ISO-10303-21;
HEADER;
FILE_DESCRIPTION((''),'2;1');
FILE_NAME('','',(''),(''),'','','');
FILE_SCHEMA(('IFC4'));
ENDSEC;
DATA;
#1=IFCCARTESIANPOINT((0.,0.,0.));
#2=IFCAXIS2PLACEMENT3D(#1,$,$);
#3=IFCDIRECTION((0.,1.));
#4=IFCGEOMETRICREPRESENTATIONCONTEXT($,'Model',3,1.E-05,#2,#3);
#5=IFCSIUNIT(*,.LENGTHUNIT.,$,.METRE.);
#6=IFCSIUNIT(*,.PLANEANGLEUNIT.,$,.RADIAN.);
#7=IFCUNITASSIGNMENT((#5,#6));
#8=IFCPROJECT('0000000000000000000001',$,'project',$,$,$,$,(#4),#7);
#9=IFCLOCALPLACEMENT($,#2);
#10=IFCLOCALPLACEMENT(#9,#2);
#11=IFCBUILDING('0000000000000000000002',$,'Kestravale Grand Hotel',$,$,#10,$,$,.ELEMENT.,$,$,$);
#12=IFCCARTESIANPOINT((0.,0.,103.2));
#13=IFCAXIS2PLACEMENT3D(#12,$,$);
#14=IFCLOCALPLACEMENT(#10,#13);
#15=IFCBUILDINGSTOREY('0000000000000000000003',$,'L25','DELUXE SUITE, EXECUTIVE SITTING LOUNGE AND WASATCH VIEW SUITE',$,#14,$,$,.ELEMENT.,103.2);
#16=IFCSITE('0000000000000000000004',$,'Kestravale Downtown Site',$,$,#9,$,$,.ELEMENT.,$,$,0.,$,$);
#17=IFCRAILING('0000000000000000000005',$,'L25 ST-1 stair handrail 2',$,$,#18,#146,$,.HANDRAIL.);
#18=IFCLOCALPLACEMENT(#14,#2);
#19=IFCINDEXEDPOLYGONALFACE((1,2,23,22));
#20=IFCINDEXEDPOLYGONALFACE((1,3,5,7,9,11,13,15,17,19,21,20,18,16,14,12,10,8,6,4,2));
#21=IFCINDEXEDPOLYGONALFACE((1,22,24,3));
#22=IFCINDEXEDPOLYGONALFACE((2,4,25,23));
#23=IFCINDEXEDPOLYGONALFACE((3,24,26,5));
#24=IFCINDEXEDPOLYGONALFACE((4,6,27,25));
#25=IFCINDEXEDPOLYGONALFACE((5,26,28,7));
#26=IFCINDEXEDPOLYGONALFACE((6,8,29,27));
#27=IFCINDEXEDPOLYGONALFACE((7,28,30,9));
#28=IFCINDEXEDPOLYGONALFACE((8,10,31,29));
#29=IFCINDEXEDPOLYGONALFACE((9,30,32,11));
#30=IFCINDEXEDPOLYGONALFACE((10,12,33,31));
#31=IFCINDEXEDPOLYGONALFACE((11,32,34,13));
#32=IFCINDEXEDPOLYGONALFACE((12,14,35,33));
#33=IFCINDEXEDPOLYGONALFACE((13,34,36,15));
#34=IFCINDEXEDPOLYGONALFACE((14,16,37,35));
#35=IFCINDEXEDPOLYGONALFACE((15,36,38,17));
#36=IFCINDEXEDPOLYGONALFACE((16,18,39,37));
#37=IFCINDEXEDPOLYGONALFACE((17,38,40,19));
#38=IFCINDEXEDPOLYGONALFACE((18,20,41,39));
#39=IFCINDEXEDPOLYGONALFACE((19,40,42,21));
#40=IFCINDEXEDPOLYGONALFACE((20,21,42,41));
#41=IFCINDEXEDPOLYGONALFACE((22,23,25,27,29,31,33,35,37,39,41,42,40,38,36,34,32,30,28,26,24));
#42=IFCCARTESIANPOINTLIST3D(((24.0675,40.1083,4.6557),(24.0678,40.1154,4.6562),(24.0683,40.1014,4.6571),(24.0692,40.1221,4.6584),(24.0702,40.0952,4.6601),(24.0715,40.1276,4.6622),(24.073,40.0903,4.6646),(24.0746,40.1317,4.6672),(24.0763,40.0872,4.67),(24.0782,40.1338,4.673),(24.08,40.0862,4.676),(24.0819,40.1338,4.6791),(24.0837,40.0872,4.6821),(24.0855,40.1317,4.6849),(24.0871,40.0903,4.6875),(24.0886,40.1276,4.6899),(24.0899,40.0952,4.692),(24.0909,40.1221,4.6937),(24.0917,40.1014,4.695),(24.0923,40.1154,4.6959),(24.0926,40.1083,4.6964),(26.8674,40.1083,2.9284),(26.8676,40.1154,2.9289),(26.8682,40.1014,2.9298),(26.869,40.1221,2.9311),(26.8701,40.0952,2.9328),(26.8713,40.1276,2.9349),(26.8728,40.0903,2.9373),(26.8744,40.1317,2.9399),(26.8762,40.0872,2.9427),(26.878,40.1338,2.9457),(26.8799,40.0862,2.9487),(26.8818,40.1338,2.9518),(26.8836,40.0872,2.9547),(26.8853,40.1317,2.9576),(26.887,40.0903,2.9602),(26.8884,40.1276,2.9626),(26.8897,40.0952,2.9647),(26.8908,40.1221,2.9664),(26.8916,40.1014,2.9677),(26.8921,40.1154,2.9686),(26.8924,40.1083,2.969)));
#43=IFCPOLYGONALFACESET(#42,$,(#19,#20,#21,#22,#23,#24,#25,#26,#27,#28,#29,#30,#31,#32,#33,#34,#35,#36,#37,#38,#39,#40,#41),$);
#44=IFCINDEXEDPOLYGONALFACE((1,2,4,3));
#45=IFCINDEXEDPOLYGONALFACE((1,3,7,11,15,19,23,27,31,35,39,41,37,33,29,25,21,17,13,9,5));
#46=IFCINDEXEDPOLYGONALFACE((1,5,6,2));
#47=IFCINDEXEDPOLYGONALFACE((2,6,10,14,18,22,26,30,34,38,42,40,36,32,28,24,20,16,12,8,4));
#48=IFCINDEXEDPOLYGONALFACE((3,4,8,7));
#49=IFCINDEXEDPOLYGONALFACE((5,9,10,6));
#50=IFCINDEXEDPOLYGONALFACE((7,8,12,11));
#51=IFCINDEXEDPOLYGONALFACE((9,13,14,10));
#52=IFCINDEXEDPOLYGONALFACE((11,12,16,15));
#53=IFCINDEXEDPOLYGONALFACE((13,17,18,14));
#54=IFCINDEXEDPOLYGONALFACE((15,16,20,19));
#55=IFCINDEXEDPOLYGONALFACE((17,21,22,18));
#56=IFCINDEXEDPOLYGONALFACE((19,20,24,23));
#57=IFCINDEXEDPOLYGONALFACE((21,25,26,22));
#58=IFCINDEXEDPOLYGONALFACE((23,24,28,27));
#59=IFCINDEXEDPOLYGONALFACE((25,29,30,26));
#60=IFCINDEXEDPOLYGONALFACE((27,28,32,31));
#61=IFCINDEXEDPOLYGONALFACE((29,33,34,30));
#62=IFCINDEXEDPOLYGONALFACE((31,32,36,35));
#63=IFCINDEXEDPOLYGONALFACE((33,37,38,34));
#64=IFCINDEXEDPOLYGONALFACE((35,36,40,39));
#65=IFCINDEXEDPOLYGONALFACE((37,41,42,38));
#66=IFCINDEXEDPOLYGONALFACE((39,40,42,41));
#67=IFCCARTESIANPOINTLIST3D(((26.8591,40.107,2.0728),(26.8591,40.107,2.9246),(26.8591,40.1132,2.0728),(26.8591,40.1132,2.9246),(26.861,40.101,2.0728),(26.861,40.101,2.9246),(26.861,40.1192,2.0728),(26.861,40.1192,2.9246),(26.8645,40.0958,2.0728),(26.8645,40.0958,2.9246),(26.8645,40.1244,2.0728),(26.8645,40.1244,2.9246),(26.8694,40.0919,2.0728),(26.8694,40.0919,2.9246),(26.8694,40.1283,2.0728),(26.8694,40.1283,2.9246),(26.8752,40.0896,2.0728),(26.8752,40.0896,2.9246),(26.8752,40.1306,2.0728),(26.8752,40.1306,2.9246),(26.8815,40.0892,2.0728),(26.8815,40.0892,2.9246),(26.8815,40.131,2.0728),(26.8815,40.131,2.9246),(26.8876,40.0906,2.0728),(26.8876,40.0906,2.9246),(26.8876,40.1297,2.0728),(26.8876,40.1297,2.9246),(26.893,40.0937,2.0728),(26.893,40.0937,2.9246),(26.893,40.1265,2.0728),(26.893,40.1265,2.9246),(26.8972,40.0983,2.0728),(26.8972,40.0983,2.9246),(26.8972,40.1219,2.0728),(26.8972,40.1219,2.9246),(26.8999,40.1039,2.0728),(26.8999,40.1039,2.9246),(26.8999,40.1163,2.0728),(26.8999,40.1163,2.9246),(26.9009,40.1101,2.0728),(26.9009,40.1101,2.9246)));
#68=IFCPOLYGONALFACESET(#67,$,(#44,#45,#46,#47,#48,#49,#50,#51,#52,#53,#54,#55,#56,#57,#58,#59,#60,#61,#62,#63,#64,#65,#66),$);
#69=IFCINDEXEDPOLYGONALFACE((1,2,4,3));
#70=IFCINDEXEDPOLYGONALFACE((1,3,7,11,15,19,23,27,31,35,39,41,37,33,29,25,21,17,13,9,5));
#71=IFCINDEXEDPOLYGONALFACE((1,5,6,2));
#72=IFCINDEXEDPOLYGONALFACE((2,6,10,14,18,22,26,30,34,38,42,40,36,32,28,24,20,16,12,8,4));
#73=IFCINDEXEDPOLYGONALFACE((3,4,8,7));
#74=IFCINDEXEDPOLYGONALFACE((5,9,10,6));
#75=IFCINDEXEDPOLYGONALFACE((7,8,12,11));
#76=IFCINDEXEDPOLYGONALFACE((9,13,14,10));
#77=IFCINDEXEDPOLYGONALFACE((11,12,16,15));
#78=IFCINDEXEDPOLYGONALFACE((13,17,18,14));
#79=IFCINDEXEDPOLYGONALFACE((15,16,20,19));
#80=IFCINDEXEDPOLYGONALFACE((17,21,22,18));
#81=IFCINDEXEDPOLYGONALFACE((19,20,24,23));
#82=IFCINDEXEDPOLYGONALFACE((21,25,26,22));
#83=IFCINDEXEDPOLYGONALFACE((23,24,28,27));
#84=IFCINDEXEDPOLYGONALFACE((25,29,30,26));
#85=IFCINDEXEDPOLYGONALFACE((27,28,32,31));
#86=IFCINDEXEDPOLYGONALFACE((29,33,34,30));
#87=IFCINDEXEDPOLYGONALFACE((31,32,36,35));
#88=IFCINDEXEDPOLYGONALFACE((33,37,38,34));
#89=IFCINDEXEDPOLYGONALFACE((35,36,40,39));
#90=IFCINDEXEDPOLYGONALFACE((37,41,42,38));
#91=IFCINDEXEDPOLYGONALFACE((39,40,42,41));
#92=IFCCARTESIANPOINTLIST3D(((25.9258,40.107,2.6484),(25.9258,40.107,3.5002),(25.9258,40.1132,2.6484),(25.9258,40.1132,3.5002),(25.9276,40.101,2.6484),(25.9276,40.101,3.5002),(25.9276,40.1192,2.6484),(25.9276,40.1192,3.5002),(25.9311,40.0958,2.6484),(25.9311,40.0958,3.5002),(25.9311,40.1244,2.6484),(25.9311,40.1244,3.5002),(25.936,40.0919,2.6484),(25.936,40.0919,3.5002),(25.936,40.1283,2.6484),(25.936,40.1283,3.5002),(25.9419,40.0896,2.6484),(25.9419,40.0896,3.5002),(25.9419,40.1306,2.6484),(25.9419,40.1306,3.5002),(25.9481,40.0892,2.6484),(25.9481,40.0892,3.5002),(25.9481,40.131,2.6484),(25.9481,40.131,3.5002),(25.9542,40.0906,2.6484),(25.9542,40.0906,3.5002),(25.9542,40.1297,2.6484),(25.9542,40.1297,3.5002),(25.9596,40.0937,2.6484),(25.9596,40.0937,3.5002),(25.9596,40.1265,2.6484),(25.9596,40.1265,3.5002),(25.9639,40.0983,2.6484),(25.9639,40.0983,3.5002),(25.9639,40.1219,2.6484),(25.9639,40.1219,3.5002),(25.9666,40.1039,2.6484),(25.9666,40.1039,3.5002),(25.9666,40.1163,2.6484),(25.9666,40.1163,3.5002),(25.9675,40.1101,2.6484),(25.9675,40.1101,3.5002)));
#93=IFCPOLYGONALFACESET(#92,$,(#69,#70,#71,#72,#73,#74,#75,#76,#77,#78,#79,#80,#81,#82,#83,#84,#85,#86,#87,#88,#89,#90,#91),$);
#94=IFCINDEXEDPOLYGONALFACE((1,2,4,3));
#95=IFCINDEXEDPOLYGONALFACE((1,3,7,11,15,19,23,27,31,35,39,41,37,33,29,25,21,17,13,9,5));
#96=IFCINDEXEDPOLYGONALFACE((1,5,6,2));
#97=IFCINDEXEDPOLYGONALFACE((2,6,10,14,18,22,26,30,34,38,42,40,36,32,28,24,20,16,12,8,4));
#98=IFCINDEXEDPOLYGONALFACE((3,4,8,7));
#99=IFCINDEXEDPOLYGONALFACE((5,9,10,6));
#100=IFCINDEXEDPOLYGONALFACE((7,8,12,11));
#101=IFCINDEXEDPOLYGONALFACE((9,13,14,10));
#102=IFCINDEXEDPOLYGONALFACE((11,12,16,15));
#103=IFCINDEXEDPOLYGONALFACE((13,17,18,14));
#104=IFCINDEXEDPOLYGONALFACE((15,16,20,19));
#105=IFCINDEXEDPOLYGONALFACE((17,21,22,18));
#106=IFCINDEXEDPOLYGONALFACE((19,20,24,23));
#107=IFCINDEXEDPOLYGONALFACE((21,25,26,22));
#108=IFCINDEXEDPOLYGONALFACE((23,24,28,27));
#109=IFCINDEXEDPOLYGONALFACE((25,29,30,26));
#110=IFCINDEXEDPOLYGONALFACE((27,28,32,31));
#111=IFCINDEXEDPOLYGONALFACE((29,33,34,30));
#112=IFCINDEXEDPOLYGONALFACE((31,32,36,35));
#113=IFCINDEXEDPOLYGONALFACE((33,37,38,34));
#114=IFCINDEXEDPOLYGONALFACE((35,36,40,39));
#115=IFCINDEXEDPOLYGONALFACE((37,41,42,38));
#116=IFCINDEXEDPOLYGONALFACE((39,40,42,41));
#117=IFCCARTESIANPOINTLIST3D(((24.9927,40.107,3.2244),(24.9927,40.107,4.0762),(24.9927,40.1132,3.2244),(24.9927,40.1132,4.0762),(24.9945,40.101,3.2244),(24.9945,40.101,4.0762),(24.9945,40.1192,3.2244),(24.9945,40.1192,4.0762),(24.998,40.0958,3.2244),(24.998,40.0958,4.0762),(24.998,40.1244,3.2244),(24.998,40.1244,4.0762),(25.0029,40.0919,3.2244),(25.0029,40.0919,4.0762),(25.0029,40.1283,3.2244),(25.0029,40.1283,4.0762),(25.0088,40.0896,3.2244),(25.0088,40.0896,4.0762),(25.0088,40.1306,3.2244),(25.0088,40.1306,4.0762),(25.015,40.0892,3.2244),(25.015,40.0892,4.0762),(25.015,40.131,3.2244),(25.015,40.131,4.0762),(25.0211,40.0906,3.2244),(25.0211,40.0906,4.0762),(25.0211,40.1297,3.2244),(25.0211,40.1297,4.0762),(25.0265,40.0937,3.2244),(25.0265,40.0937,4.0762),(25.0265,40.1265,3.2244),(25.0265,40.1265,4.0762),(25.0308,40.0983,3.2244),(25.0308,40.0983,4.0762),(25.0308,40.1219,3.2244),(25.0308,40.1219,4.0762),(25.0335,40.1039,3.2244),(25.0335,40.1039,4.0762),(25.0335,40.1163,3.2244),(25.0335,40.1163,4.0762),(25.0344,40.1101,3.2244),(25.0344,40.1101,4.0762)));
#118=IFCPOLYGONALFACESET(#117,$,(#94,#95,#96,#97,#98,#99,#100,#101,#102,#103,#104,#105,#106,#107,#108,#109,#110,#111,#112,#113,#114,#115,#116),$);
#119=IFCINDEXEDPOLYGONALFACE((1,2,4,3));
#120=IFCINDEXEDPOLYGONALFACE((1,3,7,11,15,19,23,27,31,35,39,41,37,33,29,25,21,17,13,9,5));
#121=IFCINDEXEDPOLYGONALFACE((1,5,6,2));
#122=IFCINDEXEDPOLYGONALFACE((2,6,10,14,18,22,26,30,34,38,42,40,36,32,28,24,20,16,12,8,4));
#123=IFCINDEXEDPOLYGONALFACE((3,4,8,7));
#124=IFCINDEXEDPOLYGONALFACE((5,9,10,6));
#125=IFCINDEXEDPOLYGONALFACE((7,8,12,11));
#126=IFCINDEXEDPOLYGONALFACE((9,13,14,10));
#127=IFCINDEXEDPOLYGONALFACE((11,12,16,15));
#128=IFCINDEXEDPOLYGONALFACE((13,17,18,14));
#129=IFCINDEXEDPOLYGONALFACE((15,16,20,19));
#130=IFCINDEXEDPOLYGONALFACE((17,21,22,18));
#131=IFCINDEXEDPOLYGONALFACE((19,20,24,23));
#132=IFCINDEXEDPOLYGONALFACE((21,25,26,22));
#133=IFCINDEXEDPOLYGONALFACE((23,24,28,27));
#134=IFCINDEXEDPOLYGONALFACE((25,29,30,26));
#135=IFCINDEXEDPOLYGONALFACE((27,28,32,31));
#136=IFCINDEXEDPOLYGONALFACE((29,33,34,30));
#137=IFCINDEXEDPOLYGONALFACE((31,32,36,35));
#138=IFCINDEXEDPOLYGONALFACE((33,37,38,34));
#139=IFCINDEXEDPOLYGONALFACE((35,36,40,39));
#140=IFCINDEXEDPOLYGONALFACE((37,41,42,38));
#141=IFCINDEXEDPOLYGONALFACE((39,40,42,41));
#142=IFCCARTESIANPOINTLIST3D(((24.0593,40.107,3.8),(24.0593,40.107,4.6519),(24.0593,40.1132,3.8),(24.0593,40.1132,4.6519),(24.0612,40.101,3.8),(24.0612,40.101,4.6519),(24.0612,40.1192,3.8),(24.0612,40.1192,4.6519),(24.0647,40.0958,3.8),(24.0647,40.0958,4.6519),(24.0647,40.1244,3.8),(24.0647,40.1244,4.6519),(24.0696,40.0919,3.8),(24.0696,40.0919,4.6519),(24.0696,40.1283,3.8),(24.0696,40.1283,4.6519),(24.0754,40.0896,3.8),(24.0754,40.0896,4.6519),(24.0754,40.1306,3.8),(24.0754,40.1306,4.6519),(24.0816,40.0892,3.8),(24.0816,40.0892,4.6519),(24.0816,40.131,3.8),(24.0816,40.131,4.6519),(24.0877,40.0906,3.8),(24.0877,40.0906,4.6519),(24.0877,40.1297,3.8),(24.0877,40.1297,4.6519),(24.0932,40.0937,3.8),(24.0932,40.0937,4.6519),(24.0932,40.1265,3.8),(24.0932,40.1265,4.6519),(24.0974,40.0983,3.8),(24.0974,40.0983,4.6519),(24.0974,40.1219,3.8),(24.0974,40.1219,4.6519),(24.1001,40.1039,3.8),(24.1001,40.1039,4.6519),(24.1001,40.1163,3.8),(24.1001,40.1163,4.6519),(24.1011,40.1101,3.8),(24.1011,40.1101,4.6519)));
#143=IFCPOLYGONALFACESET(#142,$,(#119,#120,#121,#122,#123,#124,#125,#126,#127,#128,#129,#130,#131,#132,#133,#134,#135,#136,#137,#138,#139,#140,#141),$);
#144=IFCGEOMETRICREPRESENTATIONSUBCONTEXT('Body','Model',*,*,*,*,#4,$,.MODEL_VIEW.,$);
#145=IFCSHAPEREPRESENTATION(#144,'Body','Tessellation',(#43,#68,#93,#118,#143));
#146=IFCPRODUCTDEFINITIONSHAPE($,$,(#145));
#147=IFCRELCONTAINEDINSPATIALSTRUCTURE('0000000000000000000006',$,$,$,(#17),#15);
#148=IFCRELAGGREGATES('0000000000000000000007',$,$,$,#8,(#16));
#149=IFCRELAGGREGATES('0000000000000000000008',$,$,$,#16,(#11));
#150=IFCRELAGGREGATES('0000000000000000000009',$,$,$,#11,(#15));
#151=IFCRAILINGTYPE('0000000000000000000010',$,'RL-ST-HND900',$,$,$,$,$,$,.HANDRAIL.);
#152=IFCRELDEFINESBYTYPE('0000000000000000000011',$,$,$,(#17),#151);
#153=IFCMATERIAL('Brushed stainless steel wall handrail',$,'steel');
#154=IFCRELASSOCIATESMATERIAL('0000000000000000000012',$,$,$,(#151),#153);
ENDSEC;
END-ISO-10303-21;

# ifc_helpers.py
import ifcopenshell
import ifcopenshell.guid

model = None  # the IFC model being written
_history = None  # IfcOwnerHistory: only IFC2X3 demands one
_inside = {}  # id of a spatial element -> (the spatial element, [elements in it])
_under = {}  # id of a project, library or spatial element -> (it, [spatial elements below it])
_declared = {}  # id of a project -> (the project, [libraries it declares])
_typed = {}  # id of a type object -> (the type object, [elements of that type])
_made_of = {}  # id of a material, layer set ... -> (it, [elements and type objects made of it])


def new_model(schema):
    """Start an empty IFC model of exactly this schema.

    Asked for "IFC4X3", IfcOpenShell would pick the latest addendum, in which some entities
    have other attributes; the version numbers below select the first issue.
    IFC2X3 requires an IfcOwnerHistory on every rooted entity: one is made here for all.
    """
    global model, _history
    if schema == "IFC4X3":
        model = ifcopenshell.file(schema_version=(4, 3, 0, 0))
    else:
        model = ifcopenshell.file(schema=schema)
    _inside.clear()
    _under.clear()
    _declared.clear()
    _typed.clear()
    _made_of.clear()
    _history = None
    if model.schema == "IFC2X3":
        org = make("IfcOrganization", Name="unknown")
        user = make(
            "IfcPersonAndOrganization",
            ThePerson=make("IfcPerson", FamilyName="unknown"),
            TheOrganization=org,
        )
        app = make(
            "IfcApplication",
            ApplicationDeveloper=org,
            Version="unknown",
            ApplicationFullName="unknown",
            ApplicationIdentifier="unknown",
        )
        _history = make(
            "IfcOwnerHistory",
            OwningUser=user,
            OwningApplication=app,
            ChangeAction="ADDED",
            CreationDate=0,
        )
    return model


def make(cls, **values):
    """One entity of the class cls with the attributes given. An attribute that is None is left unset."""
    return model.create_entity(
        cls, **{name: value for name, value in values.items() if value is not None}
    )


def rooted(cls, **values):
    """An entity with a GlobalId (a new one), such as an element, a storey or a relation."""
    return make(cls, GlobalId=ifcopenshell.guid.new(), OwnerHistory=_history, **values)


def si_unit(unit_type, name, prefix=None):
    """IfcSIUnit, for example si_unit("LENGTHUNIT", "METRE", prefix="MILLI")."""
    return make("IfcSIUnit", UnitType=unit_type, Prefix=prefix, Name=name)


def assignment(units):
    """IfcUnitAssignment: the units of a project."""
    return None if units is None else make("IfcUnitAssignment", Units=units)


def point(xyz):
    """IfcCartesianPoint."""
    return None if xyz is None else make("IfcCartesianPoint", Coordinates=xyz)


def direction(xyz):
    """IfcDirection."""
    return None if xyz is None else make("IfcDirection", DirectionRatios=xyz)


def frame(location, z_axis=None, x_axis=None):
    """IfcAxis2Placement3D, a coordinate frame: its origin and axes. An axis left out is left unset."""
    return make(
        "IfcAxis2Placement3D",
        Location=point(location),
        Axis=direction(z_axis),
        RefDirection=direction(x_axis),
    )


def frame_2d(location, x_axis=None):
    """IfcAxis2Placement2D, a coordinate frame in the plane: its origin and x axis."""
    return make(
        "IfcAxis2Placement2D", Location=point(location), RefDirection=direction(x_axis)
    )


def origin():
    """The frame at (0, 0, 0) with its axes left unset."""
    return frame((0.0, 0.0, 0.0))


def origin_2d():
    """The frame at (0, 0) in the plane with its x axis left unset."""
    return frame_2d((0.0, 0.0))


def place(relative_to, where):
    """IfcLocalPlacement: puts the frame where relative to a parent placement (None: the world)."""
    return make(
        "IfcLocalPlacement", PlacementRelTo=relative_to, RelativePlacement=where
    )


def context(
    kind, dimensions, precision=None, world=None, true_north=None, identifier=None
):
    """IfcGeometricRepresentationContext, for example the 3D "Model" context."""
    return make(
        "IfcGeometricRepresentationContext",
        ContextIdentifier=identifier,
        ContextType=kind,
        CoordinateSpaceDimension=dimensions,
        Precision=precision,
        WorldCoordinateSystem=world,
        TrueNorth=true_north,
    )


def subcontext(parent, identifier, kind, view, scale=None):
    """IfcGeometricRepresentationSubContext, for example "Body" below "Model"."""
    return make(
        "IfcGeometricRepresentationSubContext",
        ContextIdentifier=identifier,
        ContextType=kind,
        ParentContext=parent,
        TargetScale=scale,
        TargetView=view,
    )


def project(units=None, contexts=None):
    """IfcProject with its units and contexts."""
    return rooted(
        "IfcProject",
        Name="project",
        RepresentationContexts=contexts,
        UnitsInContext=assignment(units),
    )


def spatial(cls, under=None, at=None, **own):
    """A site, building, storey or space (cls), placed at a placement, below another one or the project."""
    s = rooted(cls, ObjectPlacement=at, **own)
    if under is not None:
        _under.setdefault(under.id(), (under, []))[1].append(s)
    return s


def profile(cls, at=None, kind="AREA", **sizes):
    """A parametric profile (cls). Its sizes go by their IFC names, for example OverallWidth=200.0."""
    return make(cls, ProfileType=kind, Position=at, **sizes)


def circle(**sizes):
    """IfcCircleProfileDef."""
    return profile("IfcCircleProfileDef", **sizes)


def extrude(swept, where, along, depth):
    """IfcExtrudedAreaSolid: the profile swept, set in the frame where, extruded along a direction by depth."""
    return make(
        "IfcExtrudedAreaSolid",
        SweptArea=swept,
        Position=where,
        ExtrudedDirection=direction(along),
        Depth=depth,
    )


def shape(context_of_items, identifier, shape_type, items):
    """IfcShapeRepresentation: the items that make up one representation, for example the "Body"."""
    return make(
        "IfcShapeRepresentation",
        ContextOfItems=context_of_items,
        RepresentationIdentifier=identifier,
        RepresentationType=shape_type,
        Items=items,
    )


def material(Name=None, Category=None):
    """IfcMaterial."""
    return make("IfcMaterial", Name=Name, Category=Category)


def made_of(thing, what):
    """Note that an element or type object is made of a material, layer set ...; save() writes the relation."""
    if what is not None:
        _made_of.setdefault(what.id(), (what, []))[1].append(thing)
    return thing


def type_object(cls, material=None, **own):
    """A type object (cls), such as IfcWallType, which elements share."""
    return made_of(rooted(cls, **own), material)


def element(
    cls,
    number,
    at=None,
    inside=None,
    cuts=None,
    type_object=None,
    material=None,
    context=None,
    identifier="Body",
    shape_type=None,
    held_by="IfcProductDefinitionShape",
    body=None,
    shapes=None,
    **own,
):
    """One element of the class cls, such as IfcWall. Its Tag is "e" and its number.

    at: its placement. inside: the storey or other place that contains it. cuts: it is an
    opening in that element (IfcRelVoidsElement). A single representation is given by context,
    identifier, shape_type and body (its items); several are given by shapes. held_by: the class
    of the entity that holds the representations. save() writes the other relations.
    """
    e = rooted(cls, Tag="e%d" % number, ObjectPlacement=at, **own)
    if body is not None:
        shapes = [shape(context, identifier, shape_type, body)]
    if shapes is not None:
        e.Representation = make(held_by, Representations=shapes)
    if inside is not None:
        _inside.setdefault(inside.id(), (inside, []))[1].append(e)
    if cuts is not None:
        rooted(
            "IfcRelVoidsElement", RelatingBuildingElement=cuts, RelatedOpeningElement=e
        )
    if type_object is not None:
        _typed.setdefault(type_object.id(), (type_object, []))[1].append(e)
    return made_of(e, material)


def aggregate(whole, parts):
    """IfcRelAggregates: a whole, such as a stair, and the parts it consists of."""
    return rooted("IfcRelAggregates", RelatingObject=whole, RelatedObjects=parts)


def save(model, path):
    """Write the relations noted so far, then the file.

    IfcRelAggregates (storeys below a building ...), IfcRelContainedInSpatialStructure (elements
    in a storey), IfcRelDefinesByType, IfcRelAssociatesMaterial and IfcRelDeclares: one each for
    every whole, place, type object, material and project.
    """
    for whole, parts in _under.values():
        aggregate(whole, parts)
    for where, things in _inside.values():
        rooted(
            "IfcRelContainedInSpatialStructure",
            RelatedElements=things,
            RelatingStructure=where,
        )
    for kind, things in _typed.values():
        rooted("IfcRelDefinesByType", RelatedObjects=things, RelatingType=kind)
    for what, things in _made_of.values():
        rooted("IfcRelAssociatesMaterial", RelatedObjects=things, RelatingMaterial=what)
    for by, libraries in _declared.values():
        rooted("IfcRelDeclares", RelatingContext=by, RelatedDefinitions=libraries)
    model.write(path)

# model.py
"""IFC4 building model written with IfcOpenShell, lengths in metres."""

from ifc_helpers import new_model, si_unit, direction, frame, origin, origin_2d, place, context, subcontext, project, spatial, circle, extrude, material, type_object, element, save


model = new_model("IFC4")

# Units and contexts
model_context = context("Model", 3, precision=1e-05, world=origin(), true_north=direction((0.0, 1.0)))
body_context = subcontext(model_context, "Body", "Model", "MODEL_VIEW")
ifc_project = project(units=[si_unit("LENGTHUNIT", "METRE"), si_unit("PLANEANGLEUNIT", "RADIAN")], contexts=[model_context])

# Site, building, storey
site_placement = place(None, origin())
site = spatial("IfcSite", under=ifc_project, at=site_placement, Name="Kestravale Downtown Site", CompositionType="ELEMENT", RefElevation=0.0)
building_placement = place(site_placement, origin())
building = spatial("IfcBuilding", under=site, at=building_placement, Name="Kestravale Grand Hotel", CompositionType="ELEMENT")
storey_placement = place(building_placement, frame((0.0, 0.0, 103.2)))
storey = spatial("IfcBuildingStorey", under=building, at=storey_placement, Name="L25", Description="DELUXE SUITE, EXECUTIVE SITTING LOUNGE AND WASATCH VIEW SUITE", CompositionType="ELEMENT", Elevation=103.2)

# Railing
ifc_material_1 = material(Name="Brushed stainless steel wall handrail", Category="steel")
railing_type_1 = type_object("IfcRailingType", Name="RL-ST-HND900", PredefinedType="HANDRAIL", material=ifc_material_1)
railing_1_placement = place(storey_placement, frame((26.8799, 40.1101, 2.0728)))
element("IfcRailing", 1, at=railing_1_placement, inside=storey, type_object=railing_type_1, Name="L25 ST-1 stair handrail 2", PredefinedType="HANDRAIL", context=body_context, shape_type="SweptSolid", body=[
    extrude(circle(Radius=0.0239, at=origin_2d()), frame((0.0, 0.0, 0.876), z_axis=(-0.851069, 0.0, 0.525054), x_axis=(0.0, -1.0, 0.0)), (0.0, 0.0, 1.0), 3.2898),
    extrude(circle(Radius=0.021, at=origin_2d()), origin(), (0.0, 0.0, 1.0), 0.8518),
    extrude(circle(Radius=0.021, at=origin_2d()), frame((-0.9333, 0.0, 0.5757)), (0.0, 0.0, 1.0), 0.8518),
    extrude(circle(Radius=0.021, at=origin_2d()), frame((-1.8665, 0.0, 1.1516)), (0.0, 0.0, 1.0), 0.8518),
    extrude(circle(Radius=0.021, at=origin_2d()), frame((-2.7998, 0.0, 1.7273)), (0.0, 0.0, 1.0), 0.8518),
])

save(model, "model.ifc")
